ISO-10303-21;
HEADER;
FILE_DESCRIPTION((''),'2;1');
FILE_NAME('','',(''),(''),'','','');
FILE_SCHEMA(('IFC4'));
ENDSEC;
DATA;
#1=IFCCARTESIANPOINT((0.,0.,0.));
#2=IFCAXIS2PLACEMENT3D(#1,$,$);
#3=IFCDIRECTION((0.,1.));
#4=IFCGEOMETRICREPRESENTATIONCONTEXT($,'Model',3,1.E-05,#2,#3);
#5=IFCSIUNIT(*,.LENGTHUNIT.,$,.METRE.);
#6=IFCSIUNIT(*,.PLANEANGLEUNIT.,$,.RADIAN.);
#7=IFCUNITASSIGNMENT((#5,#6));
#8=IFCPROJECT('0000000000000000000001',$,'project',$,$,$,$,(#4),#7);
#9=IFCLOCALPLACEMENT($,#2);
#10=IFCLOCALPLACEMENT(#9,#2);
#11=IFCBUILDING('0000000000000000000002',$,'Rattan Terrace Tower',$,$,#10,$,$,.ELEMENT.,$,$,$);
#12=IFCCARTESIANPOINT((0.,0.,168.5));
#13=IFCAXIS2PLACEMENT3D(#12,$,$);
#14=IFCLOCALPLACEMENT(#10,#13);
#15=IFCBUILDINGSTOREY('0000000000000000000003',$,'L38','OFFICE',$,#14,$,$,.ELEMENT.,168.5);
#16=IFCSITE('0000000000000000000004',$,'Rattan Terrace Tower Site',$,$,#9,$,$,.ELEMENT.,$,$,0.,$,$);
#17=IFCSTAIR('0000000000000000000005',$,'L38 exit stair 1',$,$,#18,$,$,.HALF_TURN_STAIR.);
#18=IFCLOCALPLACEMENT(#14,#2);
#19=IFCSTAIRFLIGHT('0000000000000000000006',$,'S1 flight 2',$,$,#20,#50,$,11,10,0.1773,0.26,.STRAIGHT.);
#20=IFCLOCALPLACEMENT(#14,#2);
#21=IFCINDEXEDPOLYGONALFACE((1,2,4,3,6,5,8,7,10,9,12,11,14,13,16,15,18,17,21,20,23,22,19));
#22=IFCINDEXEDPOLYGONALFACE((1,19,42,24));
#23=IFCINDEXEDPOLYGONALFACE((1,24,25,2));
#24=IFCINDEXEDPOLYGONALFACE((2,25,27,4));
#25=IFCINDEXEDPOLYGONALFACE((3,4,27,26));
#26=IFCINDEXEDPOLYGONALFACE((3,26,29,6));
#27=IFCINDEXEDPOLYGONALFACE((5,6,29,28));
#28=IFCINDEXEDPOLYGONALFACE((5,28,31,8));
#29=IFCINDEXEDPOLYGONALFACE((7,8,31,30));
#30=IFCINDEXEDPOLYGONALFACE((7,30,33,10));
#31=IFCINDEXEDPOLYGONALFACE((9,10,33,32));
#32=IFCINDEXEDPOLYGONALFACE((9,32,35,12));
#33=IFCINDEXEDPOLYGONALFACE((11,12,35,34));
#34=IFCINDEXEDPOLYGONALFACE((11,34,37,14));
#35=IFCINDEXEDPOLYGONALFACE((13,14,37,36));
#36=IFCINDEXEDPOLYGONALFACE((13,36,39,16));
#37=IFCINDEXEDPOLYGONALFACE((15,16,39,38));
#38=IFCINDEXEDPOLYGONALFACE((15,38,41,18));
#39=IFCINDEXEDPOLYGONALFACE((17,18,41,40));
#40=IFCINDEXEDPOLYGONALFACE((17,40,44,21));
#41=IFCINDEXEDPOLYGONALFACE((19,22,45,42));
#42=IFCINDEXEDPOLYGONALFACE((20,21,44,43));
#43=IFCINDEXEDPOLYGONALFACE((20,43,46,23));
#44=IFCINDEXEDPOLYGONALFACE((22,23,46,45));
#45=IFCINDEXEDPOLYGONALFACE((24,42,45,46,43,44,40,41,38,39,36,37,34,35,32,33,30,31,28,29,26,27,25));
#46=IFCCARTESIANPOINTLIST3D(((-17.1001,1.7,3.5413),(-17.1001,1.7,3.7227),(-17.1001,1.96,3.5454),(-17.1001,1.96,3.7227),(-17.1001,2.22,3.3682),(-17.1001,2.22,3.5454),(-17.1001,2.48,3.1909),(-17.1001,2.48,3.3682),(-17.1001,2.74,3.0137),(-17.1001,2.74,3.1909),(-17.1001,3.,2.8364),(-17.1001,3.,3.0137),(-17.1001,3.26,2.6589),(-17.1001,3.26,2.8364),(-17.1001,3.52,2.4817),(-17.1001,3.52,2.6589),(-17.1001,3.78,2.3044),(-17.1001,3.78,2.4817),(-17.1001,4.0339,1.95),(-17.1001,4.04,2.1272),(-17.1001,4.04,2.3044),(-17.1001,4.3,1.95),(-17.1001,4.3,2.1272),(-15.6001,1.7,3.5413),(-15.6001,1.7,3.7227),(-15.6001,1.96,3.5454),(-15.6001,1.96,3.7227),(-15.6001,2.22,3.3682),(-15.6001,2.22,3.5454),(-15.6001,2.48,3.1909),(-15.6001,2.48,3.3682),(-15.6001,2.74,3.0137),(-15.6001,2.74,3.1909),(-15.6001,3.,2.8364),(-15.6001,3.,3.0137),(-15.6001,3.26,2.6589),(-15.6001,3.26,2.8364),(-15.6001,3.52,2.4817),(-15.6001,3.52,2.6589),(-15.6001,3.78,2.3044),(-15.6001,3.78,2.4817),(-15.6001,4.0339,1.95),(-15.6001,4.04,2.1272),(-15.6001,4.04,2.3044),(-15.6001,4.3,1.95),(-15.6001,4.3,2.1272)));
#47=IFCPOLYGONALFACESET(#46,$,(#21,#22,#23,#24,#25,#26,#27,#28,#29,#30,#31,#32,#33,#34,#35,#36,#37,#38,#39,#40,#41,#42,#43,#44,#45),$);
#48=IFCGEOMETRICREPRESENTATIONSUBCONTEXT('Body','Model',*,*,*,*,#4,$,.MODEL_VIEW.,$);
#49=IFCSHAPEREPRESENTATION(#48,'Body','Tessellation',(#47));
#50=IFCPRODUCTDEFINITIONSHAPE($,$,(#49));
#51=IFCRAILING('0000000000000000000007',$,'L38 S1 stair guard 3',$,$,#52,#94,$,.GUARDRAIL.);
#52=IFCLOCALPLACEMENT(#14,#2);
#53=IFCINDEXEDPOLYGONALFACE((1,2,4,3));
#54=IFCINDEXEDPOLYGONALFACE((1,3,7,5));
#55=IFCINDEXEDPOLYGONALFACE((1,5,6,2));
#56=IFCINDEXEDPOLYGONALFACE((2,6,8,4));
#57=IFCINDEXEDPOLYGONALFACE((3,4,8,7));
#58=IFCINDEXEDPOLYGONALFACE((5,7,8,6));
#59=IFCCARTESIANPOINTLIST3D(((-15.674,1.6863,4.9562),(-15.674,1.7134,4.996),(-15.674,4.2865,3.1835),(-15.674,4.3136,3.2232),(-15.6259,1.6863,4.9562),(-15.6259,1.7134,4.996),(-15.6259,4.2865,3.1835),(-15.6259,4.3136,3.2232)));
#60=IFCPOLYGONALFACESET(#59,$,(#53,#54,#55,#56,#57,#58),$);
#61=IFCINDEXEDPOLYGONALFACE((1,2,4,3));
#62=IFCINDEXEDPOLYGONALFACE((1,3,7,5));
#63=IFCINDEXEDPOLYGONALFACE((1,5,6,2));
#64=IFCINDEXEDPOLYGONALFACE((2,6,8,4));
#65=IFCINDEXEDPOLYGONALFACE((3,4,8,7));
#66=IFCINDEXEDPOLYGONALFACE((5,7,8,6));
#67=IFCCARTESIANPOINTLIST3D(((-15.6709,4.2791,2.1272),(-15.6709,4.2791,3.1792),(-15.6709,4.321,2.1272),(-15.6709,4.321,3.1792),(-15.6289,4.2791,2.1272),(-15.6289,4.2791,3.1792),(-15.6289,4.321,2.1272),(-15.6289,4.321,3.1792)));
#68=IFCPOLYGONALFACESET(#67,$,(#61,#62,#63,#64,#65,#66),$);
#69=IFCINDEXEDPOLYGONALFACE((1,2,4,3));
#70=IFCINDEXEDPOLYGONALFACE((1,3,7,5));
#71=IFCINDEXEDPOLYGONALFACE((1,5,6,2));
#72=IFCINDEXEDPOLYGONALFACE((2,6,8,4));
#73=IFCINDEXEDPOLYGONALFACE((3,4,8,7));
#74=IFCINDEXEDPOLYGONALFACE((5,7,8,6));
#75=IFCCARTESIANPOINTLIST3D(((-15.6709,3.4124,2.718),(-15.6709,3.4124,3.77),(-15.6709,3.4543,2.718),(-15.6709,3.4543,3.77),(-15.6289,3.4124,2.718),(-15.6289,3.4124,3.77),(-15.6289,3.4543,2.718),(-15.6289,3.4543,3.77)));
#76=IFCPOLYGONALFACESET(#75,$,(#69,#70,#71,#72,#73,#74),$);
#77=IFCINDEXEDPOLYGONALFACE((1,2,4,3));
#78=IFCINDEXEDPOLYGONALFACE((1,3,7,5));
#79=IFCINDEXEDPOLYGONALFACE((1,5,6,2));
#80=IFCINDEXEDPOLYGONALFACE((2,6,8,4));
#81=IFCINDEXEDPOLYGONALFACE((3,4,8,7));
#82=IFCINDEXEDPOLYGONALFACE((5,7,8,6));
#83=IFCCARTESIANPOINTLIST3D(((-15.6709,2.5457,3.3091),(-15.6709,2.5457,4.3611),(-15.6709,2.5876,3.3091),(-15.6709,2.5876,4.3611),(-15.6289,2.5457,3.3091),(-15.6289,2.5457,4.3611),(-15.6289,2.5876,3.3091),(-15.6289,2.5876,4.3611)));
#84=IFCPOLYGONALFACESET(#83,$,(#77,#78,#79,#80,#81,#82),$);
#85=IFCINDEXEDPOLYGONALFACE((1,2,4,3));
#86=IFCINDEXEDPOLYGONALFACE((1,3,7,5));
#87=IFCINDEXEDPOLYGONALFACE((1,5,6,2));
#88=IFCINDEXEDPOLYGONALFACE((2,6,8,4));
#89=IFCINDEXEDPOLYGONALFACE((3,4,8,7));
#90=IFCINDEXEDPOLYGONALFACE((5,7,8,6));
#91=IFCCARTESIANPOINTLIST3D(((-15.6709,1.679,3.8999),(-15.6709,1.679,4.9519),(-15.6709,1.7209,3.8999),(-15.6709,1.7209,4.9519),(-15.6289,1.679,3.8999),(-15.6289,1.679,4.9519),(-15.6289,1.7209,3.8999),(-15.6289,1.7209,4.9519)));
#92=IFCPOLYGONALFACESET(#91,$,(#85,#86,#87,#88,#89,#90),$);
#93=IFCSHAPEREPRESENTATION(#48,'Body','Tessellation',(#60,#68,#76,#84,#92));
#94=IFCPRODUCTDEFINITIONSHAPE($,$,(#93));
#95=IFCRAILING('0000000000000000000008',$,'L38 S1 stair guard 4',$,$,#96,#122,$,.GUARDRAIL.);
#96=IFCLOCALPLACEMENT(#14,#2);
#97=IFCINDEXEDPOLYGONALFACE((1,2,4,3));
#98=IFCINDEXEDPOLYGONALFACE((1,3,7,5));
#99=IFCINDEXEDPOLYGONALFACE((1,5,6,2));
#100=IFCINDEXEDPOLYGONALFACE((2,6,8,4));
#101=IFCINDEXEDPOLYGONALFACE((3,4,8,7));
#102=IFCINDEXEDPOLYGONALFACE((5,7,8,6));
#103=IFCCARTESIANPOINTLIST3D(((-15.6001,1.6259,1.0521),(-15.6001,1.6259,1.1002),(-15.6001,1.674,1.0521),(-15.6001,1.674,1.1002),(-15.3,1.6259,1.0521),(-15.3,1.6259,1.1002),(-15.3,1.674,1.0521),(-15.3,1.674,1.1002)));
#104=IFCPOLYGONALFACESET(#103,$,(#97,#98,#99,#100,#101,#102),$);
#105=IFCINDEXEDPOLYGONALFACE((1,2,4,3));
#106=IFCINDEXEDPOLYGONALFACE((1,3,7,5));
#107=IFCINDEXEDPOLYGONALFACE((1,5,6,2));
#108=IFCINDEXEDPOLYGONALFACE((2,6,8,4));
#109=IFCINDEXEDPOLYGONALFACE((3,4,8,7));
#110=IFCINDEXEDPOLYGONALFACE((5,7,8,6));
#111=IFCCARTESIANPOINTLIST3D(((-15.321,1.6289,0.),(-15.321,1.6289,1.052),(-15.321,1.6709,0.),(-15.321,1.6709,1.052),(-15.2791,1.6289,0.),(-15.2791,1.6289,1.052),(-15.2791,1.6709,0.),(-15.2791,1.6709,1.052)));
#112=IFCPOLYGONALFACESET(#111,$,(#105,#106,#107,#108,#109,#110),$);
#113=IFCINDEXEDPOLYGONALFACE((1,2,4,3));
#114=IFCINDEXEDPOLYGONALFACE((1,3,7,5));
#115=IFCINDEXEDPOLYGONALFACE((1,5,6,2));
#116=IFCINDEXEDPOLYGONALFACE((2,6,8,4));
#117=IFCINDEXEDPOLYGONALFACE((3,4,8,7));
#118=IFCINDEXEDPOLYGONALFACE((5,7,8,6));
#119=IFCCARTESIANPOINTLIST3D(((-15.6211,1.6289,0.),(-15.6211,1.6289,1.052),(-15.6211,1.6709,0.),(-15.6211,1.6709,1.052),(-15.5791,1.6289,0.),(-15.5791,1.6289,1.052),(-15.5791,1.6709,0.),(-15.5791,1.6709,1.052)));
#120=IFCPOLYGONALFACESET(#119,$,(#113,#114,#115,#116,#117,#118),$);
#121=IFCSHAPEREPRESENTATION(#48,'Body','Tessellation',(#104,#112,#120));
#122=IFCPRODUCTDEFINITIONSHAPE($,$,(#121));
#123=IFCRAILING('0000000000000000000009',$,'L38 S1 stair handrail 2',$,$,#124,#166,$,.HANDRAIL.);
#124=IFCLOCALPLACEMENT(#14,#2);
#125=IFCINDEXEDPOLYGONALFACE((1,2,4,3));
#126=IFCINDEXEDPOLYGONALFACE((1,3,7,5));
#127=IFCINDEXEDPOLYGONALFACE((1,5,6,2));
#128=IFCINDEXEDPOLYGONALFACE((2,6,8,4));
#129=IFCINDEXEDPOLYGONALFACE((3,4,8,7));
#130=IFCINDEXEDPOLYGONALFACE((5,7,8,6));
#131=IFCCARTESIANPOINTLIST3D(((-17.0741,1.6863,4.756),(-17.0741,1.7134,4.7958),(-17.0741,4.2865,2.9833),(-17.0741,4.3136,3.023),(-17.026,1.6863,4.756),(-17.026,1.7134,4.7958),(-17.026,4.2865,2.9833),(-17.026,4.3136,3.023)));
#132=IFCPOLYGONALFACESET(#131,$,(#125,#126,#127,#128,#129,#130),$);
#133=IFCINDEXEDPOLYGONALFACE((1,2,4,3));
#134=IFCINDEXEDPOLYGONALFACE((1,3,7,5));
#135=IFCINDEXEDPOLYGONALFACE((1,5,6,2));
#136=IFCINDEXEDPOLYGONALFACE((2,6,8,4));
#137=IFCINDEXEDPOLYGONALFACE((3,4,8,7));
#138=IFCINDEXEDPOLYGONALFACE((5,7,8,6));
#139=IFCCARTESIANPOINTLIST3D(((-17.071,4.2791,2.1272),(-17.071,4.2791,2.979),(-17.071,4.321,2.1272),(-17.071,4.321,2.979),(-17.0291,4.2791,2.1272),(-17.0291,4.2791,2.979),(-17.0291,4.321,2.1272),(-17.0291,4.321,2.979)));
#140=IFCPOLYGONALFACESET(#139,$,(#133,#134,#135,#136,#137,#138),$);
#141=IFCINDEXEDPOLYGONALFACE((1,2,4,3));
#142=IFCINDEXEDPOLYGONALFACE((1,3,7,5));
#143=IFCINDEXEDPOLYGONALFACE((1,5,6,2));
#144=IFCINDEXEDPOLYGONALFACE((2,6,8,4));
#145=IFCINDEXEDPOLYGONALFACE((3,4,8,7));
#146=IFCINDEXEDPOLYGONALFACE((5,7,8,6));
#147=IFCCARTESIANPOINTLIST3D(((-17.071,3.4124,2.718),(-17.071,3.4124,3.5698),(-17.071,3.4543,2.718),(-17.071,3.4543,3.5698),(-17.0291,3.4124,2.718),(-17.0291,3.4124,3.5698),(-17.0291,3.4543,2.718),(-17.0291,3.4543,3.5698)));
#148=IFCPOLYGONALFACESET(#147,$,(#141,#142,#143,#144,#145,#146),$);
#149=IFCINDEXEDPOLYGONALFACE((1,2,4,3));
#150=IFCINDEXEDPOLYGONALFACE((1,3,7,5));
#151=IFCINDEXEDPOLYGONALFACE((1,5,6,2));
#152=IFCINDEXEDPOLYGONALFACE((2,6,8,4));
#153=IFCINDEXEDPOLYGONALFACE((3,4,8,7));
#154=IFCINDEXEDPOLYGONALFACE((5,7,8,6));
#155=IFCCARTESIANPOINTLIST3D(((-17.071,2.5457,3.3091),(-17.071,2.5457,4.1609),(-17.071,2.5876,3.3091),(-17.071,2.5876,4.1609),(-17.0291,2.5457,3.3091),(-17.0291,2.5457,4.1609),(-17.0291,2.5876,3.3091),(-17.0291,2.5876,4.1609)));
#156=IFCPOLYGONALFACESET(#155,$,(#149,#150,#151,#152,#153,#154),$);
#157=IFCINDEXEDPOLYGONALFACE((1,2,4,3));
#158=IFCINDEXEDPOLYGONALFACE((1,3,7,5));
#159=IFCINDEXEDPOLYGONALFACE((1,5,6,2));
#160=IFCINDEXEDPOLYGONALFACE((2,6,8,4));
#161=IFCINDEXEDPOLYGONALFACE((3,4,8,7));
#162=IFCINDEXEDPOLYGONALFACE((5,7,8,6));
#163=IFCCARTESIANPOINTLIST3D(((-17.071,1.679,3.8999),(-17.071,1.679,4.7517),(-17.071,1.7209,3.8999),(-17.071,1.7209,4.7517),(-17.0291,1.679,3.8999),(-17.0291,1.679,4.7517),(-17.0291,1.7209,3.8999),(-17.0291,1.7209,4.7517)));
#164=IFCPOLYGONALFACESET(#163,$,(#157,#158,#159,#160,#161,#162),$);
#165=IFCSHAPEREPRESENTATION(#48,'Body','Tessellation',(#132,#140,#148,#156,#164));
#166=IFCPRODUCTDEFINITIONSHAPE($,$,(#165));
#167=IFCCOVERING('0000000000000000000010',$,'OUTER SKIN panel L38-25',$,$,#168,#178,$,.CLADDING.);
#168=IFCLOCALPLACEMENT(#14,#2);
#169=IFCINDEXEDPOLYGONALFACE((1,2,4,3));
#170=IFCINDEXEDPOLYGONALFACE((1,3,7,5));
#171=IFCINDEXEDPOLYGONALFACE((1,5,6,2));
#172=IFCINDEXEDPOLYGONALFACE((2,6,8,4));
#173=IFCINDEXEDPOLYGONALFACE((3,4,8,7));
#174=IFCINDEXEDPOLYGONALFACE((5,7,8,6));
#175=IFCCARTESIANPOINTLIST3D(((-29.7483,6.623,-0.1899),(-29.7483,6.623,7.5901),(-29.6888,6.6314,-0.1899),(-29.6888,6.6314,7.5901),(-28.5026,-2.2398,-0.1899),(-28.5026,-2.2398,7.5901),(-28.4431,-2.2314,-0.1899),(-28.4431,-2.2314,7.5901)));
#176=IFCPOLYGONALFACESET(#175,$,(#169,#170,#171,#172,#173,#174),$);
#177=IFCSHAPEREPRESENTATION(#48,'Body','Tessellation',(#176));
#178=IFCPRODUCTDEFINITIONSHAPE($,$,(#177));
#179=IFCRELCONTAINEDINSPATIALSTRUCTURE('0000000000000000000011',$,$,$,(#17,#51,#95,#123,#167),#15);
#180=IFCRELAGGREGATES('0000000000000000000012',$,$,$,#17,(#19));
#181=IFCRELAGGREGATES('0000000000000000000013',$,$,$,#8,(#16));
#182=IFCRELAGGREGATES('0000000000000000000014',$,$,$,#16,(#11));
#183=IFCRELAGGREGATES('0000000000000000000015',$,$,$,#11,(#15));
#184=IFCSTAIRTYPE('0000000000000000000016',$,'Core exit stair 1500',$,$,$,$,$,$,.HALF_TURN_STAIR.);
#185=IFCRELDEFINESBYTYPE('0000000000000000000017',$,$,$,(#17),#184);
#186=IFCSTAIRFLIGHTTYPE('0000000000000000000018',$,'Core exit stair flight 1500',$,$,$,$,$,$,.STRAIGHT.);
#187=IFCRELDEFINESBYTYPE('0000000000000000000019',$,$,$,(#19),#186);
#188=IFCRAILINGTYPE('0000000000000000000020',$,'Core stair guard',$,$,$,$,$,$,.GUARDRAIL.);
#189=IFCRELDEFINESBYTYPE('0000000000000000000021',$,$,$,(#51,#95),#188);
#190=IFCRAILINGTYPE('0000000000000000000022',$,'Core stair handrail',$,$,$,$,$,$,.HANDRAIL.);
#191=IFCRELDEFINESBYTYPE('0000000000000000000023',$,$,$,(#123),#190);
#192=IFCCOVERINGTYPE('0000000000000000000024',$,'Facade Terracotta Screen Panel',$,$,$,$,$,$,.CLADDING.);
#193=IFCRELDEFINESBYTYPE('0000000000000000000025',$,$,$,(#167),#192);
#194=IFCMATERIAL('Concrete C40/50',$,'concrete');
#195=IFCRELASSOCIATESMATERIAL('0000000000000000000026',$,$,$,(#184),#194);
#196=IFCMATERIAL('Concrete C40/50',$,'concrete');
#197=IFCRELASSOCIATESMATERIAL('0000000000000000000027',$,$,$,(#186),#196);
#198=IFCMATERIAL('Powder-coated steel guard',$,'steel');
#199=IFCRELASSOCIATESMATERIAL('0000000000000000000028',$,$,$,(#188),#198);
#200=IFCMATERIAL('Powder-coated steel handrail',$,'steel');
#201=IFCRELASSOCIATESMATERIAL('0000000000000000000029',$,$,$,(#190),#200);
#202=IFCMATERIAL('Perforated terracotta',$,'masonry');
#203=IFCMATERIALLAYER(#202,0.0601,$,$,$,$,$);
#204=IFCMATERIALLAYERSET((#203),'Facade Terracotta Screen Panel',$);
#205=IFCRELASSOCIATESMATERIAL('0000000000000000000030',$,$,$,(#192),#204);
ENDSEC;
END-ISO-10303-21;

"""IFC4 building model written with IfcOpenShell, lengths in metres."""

from ifc_helpers import new_model, si_unit, direction, frame, origin, origin_2d, place, context, subcontext, project, spatial, polyline, rectangle, outline, extrude, material, layer, layer_set, type_object, element, aggregate, save


model = new_model("IFC4")

# Units and contexts
model_context = context("Model", 3, precision=1e-05, world=origin(), true_north=direction((0.0, 1.0)))
body_context = subcontext(model_context, "Body", "Model", "MODEL_VIEW")
ifc_project = project(units=[si_unit("LENGTHUNIT", "METRE"), si_unit("PLANEANGLEUNIT", "RADIAN")], contexts=[model_context])

# Site, building, storey
site_placement = place(None, origin())
site = spatial("IfcSite", under=ifc_project, at=site_placement, Name="Rattan Terrace Tower Site", CompositionType="ELEMENT", RefElevation=0.0)
building_placement = place(site_placement, origin())
building = spatial("IfcBuilding", under=site, at=building_placement, Name="Rattan Terrace Tower", CompositionType="ELEMENT")
storey_placement = place(building_placement, frame((0.0, 0.0, 168.5)))
storey = spatial("IfcBuildingStorey", under=building, at=storey_placement, Name="L38", Description="OFFICE", CompositionType="ELEMENT", Elevation=168.5)

# Stair, stair flight
ifc_material_1 = material(Name="Concrete C40/50", Category="concrete")
stair_type = type_object("IfcStairType", Name="Core exit stair 1500", PredefinedType="HALF_TURN_STAIR", material=ifc_material_1)
stair_placement = place(storey_placement, origin())
stair = element("IfcStair", 1, at=stair_placement, inside=storey, type_object=stair_type, Name="L38 exit stair 1", PredefinedType="HALF_TURN_STAIR")
ifc_material_2 = material(Name="Concrete C40/50", Category="concrete")
stair_flight_type = type_object("IfcStairFlightType", Name="Core exit stair flight 1500", PredefinedType="STRAIGHT", material=ifc_material_2)
stair_flight_placement = place(storey_placement, frame((-16.3501, 4.3, 1.95), z_axis=(0.0, 0.0, 1.0), x_axis=(0.0, -1.0, 0.0)))
stair_flight = element("IfcStairFlight", 2, at=stair_flight_placement, type_object=stair_flight_type, Name="S1 flight 2", NumberOfRisers=11, NumberOfTreads=10, PredefinedType="STRAIGHT", RiserHeight=0.1773, TreadLength=0.26, context=body_context, shape_type="SweptSolid", body=[
    extrude(outline(polyline([(0.0, 0.0), (0.0, 0.1772), (0.26, 0.1772), (0.26, 0.3545), (0.52, 0.3545), (0.52, 0.5317), (0.78, 0.5317), (0.78, 0.709), (1.04, 0.709), (1.04, 0.8865), (1.3, 0.8865), (1.3, 1.0637), (1.5601, 1.0637), (1.5601, 1.241), (1.8201, 1.241), (1.8201, 1.4182), (2.0801, 1.4182), (2.0801, 1.5955), (2.3401, 1.5955), (2.3401, 1.7727), (2.6001, 1.7727), (2.6001, 1.95), (2.6001, 1.5913), (0.2661, 0.0), (0.0, 0.0)])), frame((0.0, 0.75, 0.0), z_axis=(0.0, -1.0, 0.0), x_axis=(1.0, 0.0, 0.0)), (0.0, 0.0, 1.0), 1.5),
])
aggregate(stair, [stair_flight])

# Railings
ifc_material_3 = material(Name="Powder-coated steel guard", Category="steel")
railing_type_1 = type_object("IfcRailingType", Name="Core stair guard", PredefinedType="GUARDRAIL", material=ifc_material_3)
railing_1_placement = place(storey_placement, frame((-15.6499, 4.3, 2.1272)))
element("IfcRailing", 3, at=railing_1_placement, inside=storey, type_object=railing_type_1, Name="L38 S1 stair guard 3", PredefinedType="GUARDRAIL", context=body_context, shape_type="SweptSolid", body=[
    extrude(rectangle(XDim=0.0481, YDim=0.0481, at=origin_2d()), frame((0.0, 0.0, 1.0762), z_axis=(0.0, -0.82624, 0.563318), x_axis=(1.0, 0.0, 0.0)), (0.0, 0.0, 1.0), 3.147),
    extrude(rectangle(XDim=0.042, YDim=0.042, at=origin_2d()), origin(), (0.0, 0.0, 1.0), 1.052),
    extrude(rectangle(XDim=0.042, YDim=0.042, at=origin_2d()), frame((0.0, -0.8667, 0.5908)), (0.0, 0.0, 1.0), 1.052),
    extrude(rectangle(XDim=0.042, YDim=0.042, at=origin_2d()), frame((0.0, -1.7334, 1.1819)), (0.0, 0.0, 1.0), 1.052),
    extrude(rectangle(XDim=0.042, YDim=0.042, at=origin_2d()), frame((0.0, -2.6001, 1.7727)), (0.0, 0.0, 1.0), 1.052),
])
railing_2_placement = place(storey_placement, frame((-15.3, 1.6499, 0.0)))
element("IfcRailing", 4, at=railing_2_placement, inside=storey, type_object=railing_type_1, Name="L38 S1 stair guard 4", PredefinedType="GUARDRAIL", context=body_context, shape_type="SweptSolid", body=[
    extrude(rectangle(XDim=0.0481, YDim=0.0481, at=origin_2d()), frame((0.0, 0.0, 1.0762), z_axis=(-1.0, 0.0, 0.0), x_axis=(0.0, -1.0, 0.0)), (0.0, 0.0, 1.0), 0.3),
    extrude(rectangle(XDim=0.042, YDim=0.042, at=origin_2d()), origin(), (0.0, 0.0, 1.0), 1.052),
    extrude(rectangle(XDim=0.042, YDim=0.042, at=origin_2d()), frame((-0.3, 0.0, 0.0)), (0.0, 0.0, 1.0), 1.052),
])
ifc_material_4 = material(Name="Powder-coated steel handrail", Category="steel")
railing_type_2 = type_object("IfcRailingType", Name="Core stair handrail", PredefinedType="HANDRAIL", material=ifc_material_4)
railing_3_placement = place(storey_placement, frame((-17.05, 4.3, 2.1272)))
element("IfcRailing", 5, at=railing_3_placement, inside=storey, type_object=railing_type_2, Name="L38 S1 stair handrail 2", PredefinedType="HANDRAIL", context=body_context, shape_type="SweptSolid", body=[
    extrude(rectangle(XDim=0.0481, YDim=0.0481, at=origin_2d()), frame((0.0, 0.0, 0.876), z_axis=(0.0, -0.82624, 0.563318), x_axis=(1.0, 0.0, 0.0)), (0.0, 0.0, 1.0), 3.147),
    extrude(rectangle(XDim=0.042, YDim=0.042, at=origin_2d()), origin(), (0.0, 0.0, 1.0), 0.8518),
    extrude(rectangle(XDim=0.042, YDim=0.042, at=origin_2d()), frame((0.0, -0.8667, 0.5908)), (0.0, 0.0, 1.0), 0.8518),
    extrude(rectangle(XDim=0.042, YDim=0.042, at=origin_2d()), frame((0.0, -1.7334, 1.1819)), (0.0, 0.0, 1.0), 0.8518),
    extrude(rectangle(XDim=0.042, YDim=0.042, at=origin_2d()), frame((0.0, -2.6001, 1.7727)), (0.0, 0.0, 1.0), 0.8518),
])

# Covering
ifc_material_5 = material(Name="Perforated terracotta", Category="masonry")
ifc_layer_1 = layer(ifc_material_5, 0.0601)
ifc_layer_set_1 = layer_set([ifc_layer_1], Name="Facade Terracotta Screen Panel")
covering_type = type_object("IfcCoveringType", Name="Facade Terracotta Screen Panel", PredefinedType="CLADDING", material=ifc_layer_set_1)
covering_placement = place(storey_placement, frame((-29.0957, 2.1958, -0.1899), z_axis=(0.0, 0.0, 1.0), x_axis=(0.139191, -0.990266, 0.0)))
element("IfcCovering", 6, at=covering_placement, inside=storey, type_object=covering_type, Name="OUTER SKIN panel L38-25", PredefinedType="CLADDING", context=body_context, shape_type="SweptSolid", body=[
    extrude(rectangle(XDim=8.95, YDim=0.0601, at=origin_2d()), origin(), (0.0, 0.0, 1.0), 7.78),
])

save(model, "model.ifc")
